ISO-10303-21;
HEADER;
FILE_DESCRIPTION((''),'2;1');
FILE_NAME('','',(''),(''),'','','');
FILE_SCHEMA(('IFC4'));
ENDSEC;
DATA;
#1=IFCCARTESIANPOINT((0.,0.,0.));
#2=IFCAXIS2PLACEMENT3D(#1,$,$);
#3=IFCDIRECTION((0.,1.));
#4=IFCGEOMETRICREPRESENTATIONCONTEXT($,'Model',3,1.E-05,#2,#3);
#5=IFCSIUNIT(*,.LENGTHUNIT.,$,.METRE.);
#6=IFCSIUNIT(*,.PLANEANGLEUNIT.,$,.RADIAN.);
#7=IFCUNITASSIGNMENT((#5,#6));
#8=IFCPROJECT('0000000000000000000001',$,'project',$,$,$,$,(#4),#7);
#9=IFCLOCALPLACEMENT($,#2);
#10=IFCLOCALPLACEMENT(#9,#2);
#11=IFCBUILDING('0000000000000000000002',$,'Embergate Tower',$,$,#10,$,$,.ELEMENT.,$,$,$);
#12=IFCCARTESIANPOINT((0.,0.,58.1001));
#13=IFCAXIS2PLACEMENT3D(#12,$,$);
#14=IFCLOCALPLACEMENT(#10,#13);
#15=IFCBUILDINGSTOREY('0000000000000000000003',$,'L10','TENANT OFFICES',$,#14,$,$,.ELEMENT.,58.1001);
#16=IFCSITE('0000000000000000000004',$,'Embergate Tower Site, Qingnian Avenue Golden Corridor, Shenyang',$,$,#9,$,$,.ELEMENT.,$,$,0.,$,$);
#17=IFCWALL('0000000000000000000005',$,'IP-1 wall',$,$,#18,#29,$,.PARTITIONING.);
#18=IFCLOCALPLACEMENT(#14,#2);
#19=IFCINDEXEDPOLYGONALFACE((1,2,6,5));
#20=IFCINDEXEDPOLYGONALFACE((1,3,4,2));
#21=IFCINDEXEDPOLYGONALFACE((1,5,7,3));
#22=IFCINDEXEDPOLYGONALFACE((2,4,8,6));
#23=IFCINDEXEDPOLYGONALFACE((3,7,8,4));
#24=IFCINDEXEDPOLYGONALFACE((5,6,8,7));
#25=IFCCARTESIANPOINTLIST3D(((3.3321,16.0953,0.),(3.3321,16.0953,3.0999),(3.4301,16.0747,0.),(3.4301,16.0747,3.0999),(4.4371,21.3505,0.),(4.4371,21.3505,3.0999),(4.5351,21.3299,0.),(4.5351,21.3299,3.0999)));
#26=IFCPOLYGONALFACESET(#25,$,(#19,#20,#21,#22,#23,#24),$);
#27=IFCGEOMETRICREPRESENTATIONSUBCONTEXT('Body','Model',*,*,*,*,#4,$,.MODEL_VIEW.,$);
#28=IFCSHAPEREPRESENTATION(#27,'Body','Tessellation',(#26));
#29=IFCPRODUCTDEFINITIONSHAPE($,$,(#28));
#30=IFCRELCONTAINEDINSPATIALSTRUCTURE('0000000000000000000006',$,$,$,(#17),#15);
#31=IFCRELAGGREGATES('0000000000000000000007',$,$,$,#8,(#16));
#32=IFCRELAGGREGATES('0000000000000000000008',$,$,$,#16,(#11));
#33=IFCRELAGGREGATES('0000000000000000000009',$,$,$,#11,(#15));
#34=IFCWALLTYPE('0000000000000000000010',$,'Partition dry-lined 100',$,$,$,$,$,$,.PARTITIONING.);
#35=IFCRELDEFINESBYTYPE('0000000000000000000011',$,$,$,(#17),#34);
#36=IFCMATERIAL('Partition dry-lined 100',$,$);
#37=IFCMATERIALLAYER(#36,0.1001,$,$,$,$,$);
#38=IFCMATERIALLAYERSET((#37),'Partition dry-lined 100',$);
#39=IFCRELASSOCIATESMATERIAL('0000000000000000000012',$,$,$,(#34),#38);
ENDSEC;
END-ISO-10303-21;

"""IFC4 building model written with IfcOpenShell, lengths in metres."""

from ifc_helpers import new_model, si_unit, direction, frame, frame_2d, origin, place, context, subcontext, project, spatial, rectangle, extrude, source, transform, mapped, material, layer, layer_set, type_object, element, save


model = new_model("IFC4")

# Units and contexts
model_context = context("Model", 3, precision=1e-05, world=origin(), true_north=direction((0.0, 1.0)))
body_context = subcontext(model_context, "Body", "Model", "MODEL_VIEW")
ifc_project = project(units=[si_unit("LENGTHUNIT", "METRE"), si_unit("PLANEANGLEUNIT", "RADIAN")], contexts=[model_context])

# Site, building, storey
site_placement = place(None, origin())
site = spatial("IfcSite", under=ifc_project, at=site_placement, Name="Embergate Tower Site, Qingnian Avenue Golden Corridor, Shenyang", CompositionType="ELEMENT", RefElevation=0.0)
building_placement = place(site_placement, origin())
building = spatial("IfcBuilding", under=site, at=building_placement, Name="Embergate Tower", CompositionType="ELEMENT")
storey_placement = place(building_placement, frame((0.0, 0.0, 58.1001)))
storey = spatial("IfcBuildingStorey", under=building, at=storey_placement, Name="L10", Description="TENANT OFFICES", CompositionType="ELEMENT", Elevation=58.1001)

# Wall
ifc_material_1 = material(Name="Partition dry-lined 100")
ifc_layer_1 = layer(ifc_material_1, 0.1001)
ifc_layer_set_1 = layer_set([ifc_layer_1], Name="Partition dry-lined 100")
wall_type_1 = type_object("IfcWallType", Name="Partition dry-lined 100", PredefinedType="PARTITIONING", material=ifc_layer_set_1)
shared_shape_1 = source(origin(), body_context, "Body", "SweptSolid", [
    extrude(rectangle(XDim=5.3701, YDim=0.1001, at=frame_2d((2.6851, 0.0))), origin(), (0.0, 0.0, 1.0), 3.0999),
])
wall_1_placement = place(storey_placement, frame((3.3811, 16.085, 0.0), z_axis=(0.0, 0.0, 1.0), x_axis=(0.205768, 0.978601, 0.0)))
element("IfcWall", 1, at=wall_1_placement, inside=storey, type_object=wall_type_1, Name="IP-1 wall", PredefinedType="PARTITIONING", context=body_context, shape_type="MappedRepresentation", body=[
    mapped(shared_shape_1, transform((0.0, 0.0, 0.0))),
])

save(model, "model.ifc")
